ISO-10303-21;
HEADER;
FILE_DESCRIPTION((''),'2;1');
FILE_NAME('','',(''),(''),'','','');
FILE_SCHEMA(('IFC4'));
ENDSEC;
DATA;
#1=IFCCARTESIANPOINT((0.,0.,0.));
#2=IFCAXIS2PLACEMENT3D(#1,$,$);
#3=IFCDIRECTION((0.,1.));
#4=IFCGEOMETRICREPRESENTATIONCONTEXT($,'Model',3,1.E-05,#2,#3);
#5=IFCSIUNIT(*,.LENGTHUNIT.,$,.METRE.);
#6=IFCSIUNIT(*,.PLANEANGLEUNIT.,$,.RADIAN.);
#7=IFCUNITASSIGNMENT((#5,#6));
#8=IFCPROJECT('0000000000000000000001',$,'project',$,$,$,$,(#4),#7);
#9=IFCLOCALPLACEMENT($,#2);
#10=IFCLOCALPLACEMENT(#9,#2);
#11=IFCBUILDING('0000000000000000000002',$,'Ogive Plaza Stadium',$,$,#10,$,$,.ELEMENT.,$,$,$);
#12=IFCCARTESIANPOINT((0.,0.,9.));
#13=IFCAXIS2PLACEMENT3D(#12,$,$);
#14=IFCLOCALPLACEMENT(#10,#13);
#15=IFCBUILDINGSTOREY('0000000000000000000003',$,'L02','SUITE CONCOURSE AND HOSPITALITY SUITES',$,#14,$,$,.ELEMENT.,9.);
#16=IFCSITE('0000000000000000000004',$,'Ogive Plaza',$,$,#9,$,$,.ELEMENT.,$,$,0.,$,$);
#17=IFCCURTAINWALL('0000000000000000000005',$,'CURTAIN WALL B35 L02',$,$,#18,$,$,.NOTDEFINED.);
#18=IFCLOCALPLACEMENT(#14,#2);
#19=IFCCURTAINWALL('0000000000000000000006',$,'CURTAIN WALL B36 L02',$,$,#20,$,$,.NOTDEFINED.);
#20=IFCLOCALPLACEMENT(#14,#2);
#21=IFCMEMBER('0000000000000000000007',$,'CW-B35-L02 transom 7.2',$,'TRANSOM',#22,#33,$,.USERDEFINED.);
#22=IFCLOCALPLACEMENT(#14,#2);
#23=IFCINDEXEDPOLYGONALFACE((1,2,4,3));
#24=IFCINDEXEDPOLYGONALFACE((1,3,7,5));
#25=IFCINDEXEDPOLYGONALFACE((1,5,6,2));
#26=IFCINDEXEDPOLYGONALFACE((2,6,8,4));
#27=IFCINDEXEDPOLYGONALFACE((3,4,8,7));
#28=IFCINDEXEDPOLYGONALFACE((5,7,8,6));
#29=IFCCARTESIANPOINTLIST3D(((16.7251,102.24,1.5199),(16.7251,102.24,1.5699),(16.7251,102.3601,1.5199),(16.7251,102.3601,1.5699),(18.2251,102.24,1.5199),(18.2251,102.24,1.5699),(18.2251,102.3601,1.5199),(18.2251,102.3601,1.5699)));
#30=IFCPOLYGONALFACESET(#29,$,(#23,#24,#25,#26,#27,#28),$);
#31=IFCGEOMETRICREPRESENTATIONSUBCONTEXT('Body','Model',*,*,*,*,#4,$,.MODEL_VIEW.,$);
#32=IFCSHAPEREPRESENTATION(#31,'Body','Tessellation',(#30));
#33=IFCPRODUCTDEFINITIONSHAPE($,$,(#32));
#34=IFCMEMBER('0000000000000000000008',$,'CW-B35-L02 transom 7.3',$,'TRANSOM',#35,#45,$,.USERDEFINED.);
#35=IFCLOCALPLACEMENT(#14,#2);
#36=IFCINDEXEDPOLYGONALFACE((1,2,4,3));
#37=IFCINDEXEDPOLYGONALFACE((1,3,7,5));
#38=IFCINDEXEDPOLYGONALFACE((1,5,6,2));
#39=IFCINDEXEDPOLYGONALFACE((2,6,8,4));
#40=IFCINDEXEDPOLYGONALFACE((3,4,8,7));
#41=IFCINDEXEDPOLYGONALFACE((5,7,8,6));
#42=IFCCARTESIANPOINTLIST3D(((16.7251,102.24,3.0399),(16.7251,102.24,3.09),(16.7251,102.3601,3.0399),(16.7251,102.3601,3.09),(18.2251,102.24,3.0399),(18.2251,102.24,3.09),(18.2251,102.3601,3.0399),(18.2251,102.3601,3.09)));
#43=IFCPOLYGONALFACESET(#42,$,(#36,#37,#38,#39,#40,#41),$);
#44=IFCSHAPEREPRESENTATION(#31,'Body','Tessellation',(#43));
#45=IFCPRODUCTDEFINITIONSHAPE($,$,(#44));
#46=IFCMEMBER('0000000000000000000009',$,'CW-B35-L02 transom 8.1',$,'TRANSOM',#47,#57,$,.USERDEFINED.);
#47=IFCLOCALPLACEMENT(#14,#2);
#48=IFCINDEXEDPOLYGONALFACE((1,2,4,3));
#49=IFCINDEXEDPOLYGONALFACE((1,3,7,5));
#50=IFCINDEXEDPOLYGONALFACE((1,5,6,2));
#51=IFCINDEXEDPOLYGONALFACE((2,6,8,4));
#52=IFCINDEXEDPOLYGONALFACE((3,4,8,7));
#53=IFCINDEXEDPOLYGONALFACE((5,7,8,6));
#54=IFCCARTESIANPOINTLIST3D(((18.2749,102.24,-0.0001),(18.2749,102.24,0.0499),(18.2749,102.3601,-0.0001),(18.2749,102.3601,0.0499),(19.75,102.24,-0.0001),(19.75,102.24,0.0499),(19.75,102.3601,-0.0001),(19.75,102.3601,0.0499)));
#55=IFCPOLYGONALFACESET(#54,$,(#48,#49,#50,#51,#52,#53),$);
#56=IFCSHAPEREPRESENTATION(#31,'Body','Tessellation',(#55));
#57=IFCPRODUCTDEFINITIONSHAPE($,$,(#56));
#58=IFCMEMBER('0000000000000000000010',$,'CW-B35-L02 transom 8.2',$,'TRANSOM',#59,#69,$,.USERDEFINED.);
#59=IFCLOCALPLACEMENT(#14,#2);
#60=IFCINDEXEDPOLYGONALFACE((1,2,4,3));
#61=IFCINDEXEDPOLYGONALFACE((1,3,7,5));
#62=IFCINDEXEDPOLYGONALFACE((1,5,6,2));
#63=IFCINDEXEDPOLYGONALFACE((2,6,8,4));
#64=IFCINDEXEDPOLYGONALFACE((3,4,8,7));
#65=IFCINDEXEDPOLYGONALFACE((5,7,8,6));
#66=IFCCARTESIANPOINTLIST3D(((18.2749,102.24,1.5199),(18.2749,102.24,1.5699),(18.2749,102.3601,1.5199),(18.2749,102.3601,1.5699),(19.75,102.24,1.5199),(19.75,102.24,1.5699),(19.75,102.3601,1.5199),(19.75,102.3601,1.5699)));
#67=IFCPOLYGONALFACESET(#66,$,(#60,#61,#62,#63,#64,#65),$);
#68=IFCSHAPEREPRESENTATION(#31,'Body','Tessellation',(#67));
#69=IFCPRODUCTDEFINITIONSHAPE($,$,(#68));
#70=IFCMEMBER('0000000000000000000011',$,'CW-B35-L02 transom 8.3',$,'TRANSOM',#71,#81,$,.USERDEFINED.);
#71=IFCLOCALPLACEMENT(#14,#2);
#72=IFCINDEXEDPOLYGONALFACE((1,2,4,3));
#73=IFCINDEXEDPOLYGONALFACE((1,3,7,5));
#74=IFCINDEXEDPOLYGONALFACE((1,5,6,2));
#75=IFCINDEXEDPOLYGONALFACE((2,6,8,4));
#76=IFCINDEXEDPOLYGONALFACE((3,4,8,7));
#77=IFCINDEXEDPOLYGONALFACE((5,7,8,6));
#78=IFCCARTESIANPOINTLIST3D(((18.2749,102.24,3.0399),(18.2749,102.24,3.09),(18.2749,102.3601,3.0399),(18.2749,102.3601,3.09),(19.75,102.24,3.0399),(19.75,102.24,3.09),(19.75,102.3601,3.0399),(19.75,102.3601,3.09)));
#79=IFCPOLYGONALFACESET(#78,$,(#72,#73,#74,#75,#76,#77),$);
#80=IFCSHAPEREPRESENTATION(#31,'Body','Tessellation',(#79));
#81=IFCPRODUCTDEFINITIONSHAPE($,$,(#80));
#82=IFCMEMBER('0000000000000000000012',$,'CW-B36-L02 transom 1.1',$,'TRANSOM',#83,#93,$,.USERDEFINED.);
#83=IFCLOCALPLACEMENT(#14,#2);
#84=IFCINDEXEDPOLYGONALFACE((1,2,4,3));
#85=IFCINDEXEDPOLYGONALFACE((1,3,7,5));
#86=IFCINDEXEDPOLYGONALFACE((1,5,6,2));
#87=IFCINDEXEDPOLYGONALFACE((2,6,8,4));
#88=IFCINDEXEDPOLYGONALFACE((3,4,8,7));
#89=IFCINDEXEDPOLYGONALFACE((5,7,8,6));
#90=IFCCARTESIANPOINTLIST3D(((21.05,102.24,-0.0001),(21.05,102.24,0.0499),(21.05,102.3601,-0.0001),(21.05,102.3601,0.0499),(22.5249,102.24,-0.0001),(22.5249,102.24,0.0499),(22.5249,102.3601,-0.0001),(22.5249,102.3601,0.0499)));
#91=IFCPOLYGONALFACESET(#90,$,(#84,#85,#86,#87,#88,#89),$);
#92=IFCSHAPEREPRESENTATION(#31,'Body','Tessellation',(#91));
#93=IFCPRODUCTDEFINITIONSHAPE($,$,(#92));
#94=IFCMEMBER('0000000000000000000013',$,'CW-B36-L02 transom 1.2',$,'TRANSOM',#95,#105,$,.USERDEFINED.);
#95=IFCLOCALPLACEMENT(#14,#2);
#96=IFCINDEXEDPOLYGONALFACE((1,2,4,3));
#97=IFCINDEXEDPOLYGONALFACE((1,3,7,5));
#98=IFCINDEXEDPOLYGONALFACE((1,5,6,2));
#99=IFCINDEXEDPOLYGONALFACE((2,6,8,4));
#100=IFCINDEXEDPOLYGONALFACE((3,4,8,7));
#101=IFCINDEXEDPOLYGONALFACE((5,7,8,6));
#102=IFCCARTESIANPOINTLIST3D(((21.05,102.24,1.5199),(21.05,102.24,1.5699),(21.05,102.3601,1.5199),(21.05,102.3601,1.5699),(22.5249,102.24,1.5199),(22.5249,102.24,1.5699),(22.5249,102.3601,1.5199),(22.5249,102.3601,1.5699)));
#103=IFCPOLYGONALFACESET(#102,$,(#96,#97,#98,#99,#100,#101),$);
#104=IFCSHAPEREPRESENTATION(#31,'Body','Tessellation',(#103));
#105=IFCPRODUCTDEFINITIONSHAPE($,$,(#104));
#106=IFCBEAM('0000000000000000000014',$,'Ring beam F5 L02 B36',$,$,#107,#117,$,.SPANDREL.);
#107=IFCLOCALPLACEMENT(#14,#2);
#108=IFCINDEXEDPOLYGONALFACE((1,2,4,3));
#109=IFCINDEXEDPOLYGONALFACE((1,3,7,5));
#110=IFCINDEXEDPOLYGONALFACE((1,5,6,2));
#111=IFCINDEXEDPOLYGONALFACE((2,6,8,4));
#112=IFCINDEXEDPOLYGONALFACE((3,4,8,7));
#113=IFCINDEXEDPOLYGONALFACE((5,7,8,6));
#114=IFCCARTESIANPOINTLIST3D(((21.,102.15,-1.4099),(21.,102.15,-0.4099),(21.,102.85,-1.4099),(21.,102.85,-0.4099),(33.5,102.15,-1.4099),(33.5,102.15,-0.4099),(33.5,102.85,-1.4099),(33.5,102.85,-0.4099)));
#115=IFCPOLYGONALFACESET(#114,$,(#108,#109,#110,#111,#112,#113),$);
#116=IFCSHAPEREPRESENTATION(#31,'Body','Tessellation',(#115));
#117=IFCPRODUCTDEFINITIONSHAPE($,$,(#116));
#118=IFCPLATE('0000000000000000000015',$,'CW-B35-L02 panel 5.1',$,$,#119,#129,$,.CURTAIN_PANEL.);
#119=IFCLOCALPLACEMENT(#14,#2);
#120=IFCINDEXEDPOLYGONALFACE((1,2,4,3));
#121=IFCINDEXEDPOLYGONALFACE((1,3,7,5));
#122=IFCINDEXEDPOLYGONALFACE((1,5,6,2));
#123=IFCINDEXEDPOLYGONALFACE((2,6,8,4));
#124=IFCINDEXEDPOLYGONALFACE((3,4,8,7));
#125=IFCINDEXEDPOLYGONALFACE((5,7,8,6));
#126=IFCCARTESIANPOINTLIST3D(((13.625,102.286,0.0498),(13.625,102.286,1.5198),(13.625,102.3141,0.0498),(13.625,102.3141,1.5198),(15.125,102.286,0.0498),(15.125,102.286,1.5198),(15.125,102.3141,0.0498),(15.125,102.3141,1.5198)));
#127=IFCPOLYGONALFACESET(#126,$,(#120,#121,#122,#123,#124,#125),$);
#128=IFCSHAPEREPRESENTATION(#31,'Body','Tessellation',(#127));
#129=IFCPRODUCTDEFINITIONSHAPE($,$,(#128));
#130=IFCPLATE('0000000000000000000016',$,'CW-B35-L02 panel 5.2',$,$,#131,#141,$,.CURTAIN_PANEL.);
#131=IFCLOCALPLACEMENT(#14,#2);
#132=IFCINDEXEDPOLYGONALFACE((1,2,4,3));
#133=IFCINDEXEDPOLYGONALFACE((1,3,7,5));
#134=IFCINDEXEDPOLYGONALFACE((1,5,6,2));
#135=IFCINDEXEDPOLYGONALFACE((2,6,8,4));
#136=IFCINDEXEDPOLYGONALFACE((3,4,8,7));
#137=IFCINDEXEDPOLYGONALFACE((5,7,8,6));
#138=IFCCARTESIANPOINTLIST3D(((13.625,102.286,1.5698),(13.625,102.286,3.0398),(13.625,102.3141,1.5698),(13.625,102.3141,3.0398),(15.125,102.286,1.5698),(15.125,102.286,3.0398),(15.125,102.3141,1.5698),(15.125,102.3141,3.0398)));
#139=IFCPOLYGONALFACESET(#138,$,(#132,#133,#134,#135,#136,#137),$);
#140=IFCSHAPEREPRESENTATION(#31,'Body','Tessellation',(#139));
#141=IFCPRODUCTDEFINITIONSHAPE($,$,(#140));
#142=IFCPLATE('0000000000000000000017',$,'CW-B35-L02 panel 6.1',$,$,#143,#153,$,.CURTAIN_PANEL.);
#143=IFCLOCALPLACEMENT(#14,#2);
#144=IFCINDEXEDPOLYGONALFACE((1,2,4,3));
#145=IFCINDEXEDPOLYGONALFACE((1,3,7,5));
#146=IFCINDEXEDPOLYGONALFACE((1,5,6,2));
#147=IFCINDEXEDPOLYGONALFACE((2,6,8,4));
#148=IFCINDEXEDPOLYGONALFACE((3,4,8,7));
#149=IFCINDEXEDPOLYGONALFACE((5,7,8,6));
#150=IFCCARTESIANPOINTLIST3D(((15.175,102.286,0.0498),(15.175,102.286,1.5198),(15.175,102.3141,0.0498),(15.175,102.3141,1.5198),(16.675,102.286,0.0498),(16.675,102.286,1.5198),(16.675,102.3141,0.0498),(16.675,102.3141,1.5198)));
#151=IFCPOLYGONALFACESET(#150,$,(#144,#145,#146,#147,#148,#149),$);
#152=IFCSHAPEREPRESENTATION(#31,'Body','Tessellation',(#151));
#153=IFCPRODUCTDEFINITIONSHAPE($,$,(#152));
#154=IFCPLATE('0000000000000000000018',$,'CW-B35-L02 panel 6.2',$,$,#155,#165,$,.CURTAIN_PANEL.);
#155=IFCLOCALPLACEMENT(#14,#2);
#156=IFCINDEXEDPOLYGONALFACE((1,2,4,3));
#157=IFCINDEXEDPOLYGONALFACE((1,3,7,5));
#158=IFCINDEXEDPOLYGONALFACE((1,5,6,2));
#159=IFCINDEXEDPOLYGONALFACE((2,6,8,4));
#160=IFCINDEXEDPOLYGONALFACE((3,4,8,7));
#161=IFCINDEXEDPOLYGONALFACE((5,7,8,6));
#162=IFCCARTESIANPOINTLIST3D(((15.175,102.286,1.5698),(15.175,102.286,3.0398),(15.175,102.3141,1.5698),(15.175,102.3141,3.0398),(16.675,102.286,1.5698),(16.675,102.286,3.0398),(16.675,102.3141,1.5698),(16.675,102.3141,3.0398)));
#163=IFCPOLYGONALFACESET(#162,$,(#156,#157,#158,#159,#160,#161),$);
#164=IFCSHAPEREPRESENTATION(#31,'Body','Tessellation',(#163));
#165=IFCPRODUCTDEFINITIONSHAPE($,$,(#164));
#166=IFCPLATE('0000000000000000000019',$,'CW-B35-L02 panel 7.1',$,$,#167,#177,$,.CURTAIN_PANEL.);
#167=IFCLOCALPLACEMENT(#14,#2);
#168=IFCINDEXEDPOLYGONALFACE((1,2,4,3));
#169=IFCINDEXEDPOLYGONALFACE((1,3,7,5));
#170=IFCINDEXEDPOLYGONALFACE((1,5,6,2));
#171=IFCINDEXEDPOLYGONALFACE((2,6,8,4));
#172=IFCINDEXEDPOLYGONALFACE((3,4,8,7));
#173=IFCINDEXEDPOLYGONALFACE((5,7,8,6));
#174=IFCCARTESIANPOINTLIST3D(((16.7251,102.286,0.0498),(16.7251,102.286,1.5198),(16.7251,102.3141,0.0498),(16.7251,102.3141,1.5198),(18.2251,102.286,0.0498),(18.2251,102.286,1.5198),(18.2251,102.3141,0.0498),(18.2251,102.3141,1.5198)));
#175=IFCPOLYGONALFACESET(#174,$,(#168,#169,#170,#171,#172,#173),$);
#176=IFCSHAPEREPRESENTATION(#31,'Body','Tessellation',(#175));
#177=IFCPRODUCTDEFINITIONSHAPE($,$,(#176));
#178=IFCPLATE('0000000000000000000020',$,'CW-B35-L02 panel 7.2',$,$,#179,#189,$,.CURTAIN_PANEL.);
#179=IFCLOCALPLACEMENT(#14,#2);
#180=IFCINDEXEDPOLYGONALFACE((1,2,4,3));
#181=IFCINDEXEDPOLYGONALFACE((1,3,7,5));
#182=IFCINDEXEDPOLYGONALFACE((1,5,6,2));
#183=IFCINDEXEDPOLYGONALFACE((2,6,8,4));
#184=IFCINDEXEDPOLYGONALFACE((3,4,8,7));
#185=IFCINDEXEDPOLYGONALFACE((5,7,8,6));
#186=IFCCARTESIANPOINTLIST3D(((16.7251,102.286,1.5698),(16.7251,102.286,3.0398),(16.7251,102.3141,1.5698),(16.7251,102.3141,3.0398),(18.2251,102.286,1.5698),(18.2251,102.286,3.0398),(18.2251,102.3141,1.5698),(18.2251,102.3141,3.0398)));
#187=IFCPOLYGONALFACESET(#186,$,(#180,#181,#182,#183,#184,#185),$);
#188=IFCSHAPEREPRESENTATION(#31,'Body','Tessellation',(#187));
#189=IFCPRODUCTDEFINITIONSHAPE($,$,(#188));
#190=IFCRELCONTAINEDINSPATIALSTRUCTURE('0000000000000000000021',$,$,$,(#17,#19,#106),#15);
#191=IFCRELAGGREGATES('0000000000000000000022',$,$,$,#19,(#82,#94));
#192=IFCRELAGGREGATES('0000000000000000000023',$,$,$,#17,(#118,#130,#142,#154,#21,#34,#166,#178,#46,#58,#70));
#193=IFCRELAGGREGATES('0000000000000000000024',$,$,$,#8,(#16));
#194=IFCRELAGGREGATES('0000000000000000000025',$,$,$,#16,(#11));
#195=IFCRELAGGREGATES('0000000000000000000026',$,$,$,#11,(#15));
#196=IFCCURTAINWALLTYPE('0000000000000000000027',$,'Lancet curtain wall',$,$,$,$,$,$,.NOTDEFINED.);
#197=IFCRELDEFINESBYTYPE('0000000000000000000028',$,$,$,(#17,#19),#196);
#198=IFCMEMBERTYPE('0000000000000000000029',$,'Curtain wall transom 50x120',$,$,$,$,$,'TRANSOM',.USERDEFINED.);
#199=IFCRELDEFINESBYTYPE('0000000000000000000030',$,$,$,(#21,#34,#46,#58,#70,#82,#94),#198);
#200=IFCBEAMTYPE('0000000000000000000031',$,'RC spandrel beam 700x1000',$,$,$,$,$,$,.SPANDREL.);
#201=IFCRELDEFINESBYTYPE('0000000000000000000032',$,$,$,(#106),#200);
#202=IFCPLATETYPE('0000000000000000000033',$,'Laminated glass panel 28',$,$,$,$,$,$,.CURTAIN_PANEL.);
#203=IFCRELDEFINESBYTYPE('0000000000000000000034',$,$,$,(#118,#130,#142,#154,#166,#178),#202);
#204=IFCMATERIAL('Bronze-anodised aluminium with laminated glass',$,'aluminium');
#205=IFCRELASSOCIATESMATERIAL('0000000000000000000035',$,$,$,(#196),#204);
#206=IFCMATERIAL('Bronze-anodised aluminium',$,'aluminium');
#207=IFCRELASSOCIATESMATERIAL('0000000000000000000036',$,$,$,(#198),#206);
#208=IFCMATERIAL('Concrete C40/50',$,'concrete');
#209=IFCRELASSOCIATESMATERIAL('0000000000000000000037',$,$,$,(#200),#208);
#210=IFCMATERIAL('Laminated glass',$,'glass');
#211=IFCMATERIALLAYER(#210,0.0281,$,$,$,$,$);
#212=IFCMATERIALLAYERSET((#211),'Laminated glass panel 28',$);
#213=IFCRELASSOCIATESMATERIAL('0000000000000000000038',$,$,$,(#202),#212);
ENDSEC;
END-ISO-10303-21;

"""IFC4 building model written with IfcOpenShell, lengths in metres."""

from ifc_helpers import new_model, si_unit, direction, frame, origin, origin_2d, place, context, subcontext, project, spatial, rectangle, extrude, material, layer, layer_set, material_profile, profile_set, type_object, element, aggregate, save


model = new_model("IFC4")

# Units and contexts
model_context = context("Model", 3, precision=1e-05, world=origin(), true_north=direction((0.0, 1.0)))
body_context = subcontext(model_context, "Body", "Model", "MODEL_VIEW")
ifc_project = project(units=[si_unit("LENGTHUNIT", "METRE"), si_unit("PLANEANGLEUNIT", "RADIAN")], contexts=[model_context])

# Site, building, storey
site_placement = place(None, origin())
site = spatial("IfcSite", under=ifc_project, at=site_placement, Name="Ogive Plaza", CompositionType="ELEMENT", RefElevation=0.0)
building_placement = place(site_placement, origin())
building = spatial("IfcBuilding", under=site, at=building_placement, Name="Ogive Plaza Stadium", CompositionType="ELEMENT")
storey_placement = place(building_placement, frame((0.0, 0.0, 9.0)))
storey = spatial("IfcBuildingStorey", under=building, at=storey_placement, Name="L02", Description="SUITE CONCOURSE AND HOSPITALITY SUITES", CompositionType="ELEMENT", Elevation=9.0)

# Curtain wall
ifc_material_1 = material(Name="Bronze-anodised aluminium with laminated glass", Category="aluminium")
curtain_wall_type = type_object("IfcCurtainWallType", Name="Lancet curtain wall", PredefinedType="NOTDEFINED", material=ifc_material_1)
curtain_wall_1_placement = place(storey_placement, origin())
curtain_wall_1 = element("IfcCurtainWall", 1, at=curtain_wall_1_placement, inside=storey, type_object=curtain_wall_type, Name="CURTAIN WALL B35 L02", PredefinedType="NOTDEFINED")

# Curtain wall
curtain_wall_2_placement = place(storey_placement, origin())
curtain_wall_2 = element("IfcCurtainWall", 2, at=curtain_wall_2_placement, inside=storey, type_object=curtain_wall_type, Name="CURTAIN WALL B36 L02", PredefinedType="NOTDEFINED")

# Members
ifc_material_2 = material(Name="Bronze-anodised aluminium", Category="aluminium")
ifc_material_profile_1 = material_profile(ifc_material_2, rectangle(XDim=0.1201, YDim=0.05, at=origin_2d()), Name="AL 120x50")
ifc_profile_set_1 = profile_set([ifc_material_profile_1], Name="Bronze-anodised aluminium")
member_type_1 = type_object("IfcMemberType", Name="Curtain wall transom 50x120", ElementType="TRANSOM", PredefinedType="USERDEFINED", material=ifc_profile_set_1)
member_1_placement = place(storey_placement, frame((16.7251, 102.3, 1.5449), z_axis=(1.0, 0.0, 0.0), x_axis=(0.0, 1.0, 0.0)))
member_1 = element("IfcMember", 3, at=member_1_placement, type_object=member_type_1, Name="CW-B35-L02 transom 7.2", ObjectType="TRANSOM", PredefinedType="USERDEFINED", context=body_context, shape_type="SweptSolid", body=[
    extrude(rectangle(XDim=0.1201, YDim=0.05, at=origin_2d()), origin(), (0.0, 0.0, 1.0), 1.5),
])
member_2_placement = place(storey_placement, frame((16.7251, 102.3, 3.0649), z_axis=(1.0, 0.0, 0.0), x_axis=(0.0, 1.0, 0.0)))
member_2 = element("IfcMember", 4, at=member_2_placement, type_object=member_type_1, Name="CW-B35-L02 transom 7.3", ObjectType="TRANSOM", PredefinedType="USERDEFINED", context=body_context, shape_type="SweptSolid", body=[
    extrude(rectangle(XDim=0.1201, YDim=0.05, at=origin_2d()), origin(), (0.0, 0.0, 1.0), 1.5),
])
member_3_placement = place(storey_placement, frame((18.2749, 102.3, 0.0249), z_axis=(1.0, 0.0, 0.0), x_axis=(0.0, 1.0, 0.0)))
member_3 = element("IfcMember", 5, at=member_3_placement, type_object=member_type_1, Name="CW-B35-L02 transom 8.1", ObjectType="TRANSOM", PredefinedType="USERDEFINED", context=body_context, shape_type="SweptSolid", body=[
    extrude(rectangle(XDim=0.1201, YDim=0.05, at=origin_2d()), origin(), (0.0, 0.0, 1.0), 1.4751),
])
member_4_placement = place(storey_placement, frame((18.2749, 102.3, 1.5449), z_axis=(1.0, 0.0, 0.0), x_axis=(0.0, 1.0, 0.0)))
member_4 = element("IfcMember", 6, at=member_4_placement, type_object=member_type_1, Name="CW-B35-L02 transom 8.2", ObjectType="TRANSOM", PredefinedType="USERDEFINED", context=body_context, shape_type="SweptSolid", body=[
    extrude(rectangle(XDim=0.1201, YDim=0.05, at=origin_2d()), origin(), (0.0, 0.0, 1.0), 1.4751),
])
member_5_placement = place(storey_placement, frame((18.2749, 102.3, 3.0649), z_axis=(1.0, 0.0, 0.0), x_axis=(0.0, 1.0, 0.0)))
member_5 = element("IfcMember", 7, at=member_5_placement, type_object=member_type_1, Name="CW-B35-L02 transom 8.3", ObjectType="TRANSOM", PredefinedType="USERDEFINED", context=body_context, shape_type="SweptSolid", body=[
    extrude(rectangle(XDim=0.1201, YDim=0.05, at=origin_2d()), origin(), (0.0, 0.0, 1.0), 1.4751),
])
member_6_placement = place(storey_placement, frame((21.05, 102.3, 0.0249), z_axis=(1.0, 0.0, 0.0), x_axis=(0.0, 1.0, 0.0)))
member_6 = element("IfcMember", 8, at=member_6_placement, type_object=member_type_1, Name="CW-B36-L02 transom 1.1", ObjectType="TRANSOM", PredefinedType="USERDEFINED", context=body_context, shape_type="SweptSolid", body=[
    extrude(rectangle(XDim=0.1201, YDim=0.05, at=origin_2d()), origin(), (0.0, 0.0, 1.0), 1.4749),
])
member_7_placement = place(storey_placement, frame((21.05, 102.3, 1.5449), z_axis=(1.0, 0.0, 0.0), x_axis=(0.0, 1.0, 0.0)))
member_7 = element("IfcMember", 9, at=member_7_placement, type_object=member_type_1, Name="CW-B36-L02 transom 1.2", ObjectType="TRANSOM", PredefinedType="USERDEFINED", context=body_context, shape_type="SweptSolid", body=[
    extrude(rectangle(XDim=0.1201, YDim=0.05, at=origin_2d()), origin(), (0.0, 0.0, 1.0), 1.4749),
])
aggregate(curtain_wall_2, [member_6, member_7])

# Beam
ifc_material_3 = material(Name="Concrete C40/50", Category="concrete")
ifc_material_profile_2 = material_profile(ifc_material_3, rectangle(XDim=0.7, YDim=1.0, at=origin_2d()), Name="RC 700x1000")
ifc_profile_set_2 = profile_set([ifc_material_profile_2], Name="Concrete C40/50")
beam_type = type_object("IfcBeamType", Name="RC spandrel beam 700x1000", PredefinedType="SPANDREL", material=ifc_profile_set_2)
beam_placement = place(storey_placement, frame((21.0, 102.5, -0.9099), z_axis=(1.0, 0.0, 0.0), x_axis=(0.0, 1.0, 0.0)))
element("IfcBeam", 10, at=beam_placement, inside=storey, type_object=beam_type, Name="Ring beam F5 L02 B36", PredefinedType="SPANDREL", context=body_context, shape_type="SweptSolid", body=[
    extrude(rectangle(XDim=0.7, YDim=1.0, at=origin_2d()), origin(), (0.0, 0.0, 1.0), 12.5),
])

# Plates
ifc_material_4 = material(Name="Laminated glass", Category="glass")
ifc_layer_1 = layer(ifc_material_4, 0.0281)
ifc_layer_set_1 = layer_set([ifc_layer_1], Name="Laminated glass panel 28")
plate_type = type_object("IfcPlateType", Name="Laminated glass panel 28", PredefinedType="CURTAIN_PANEL", material=ifc_layer_set_1)
plate_1_placement = place(storey_placement, frame((14.375, 102.3, 0.0498), z_axis=(0.0, 0.0, 1.0), x_axis=(1.0, 0.0, 0.0)))
plate_1 = element("IfcPlate", 11, at=plate_1_placement, type_object=plate_type, Name="CW-B35-L02 panel 5.1", PredefinedType="CURTAIN_PANEL", context=body_context, shape_type="SweptSolid", body=[
    extrude(rectangle(XDim=1.5, YDim=0.0281, at=origin_2d()), origin(), (0.0, 0.0, 1.0), 1.47),
])
plate_2_placement = place(storey_placement, frame((14.375, 102.3, 1.5698), z_axis=(0.0, 0.0, 1.0), x_axis=(1.0, 0.0, 0.0)))
plate_2 = element("IfcPlate", 12, at=plate_2_placement, type_object=plate_type, Name="CW-B35-L02 panel 5.2", PredefinedType="CURTAIN_PANEL", context=body_context, shape_type="SweptSolid", body=[
    extrude(rectangle(XDim=1.5, YDim=0.0281, at=origin_2d()), origin(), (0.0, 0.0, 1.0), 1.47),
])
plate_3_placement = place(storey_placement, frame((15.925, 102.3, 0.0498), z_axis=(0.0, 0.0, 1.0), x_axis=(1.0, 0.0, 0.0)))
plate_3 = element("IfcPlate", 13, at=plate_3_placement, type_object=plate_type, Name="CW-B35-L02 panel 6.1", PredefinedType="CURTAIN_PANEL", context=body_context, shape_type="SweptSolid", body=[
    extrude(rectangle(XDim=1.5, YDim=0.0281, at=origin_2d()), origin(), (0.0, 0.0, 1.0), 1.47),
])
plate_4_placement = place(storey_placement, frame((15.925, 102.3, 1.5698), z_axis=(0.0, 0.0, 1.0), x_axis=(1.0, 0.0, 0.0)))
plate_4 = element("IfcPlate", 14, at=plate_4_placement, type_object=plate_type, Name="CW-B35-L02 panel 6.2", PredefinedType="CURTAIN_PANEL", context=body_context, shape_type="SweptSolid", body=[
    extrude(rectangle(XDim=1.5, YDim=0.0281, at=origin_2d()), origin(), (0.0, 0.0, 1.0), 1.47),
])
plate_5_placement = place(storey_placement, frame((17.4751, 102.3, 0.0498), z_axis=(0.0, 0.0, 1.0), x_axis=(1.0, 0.0, 0.0)))
plate_5 = element("IfcPlate", 15, at=plate_5_placement, type_object=plate_type, Name="CW-B35-L02 panel 7.1", PredefinedType="CURTAIN_PANEL", context=body_context, shape_type="SweptSolid", body=[
    extrude(rectangle(XDim=1.5, YDim=0.0281, at=origin_2d()), origin(), (0.0, 0.0, 1.0), 1.47),
])
plate_6_placement = place(storey_placement, frame((17.4751, 102.3, 1.5698), z_axis=(0.0, 0.0, 1.0), x_axis=(1.0, 0.0, 0.0)))
plate_6 = element("IfcPlate", 16, at=plate_6_placement, type_object=plate_type, Name="CW-B35-L02 panel 7.2", PredefinedType="CURTAIN_PANEL", context=body_context, shape_type="SweptSolid", body=[
    extrude(rectangle(XDim=1.5, YDim=0.0281, at=origin_2d()), origin(), (0.0, 0.0, 1.0), 1.47),
])
aggregate(curtain_wall_1, [plate_1, plate_2, plate_3, plate_4, member_1, member_2, plate_5, plate_6, member_3, member_4, member_5])

save(model, "model.ifc")
